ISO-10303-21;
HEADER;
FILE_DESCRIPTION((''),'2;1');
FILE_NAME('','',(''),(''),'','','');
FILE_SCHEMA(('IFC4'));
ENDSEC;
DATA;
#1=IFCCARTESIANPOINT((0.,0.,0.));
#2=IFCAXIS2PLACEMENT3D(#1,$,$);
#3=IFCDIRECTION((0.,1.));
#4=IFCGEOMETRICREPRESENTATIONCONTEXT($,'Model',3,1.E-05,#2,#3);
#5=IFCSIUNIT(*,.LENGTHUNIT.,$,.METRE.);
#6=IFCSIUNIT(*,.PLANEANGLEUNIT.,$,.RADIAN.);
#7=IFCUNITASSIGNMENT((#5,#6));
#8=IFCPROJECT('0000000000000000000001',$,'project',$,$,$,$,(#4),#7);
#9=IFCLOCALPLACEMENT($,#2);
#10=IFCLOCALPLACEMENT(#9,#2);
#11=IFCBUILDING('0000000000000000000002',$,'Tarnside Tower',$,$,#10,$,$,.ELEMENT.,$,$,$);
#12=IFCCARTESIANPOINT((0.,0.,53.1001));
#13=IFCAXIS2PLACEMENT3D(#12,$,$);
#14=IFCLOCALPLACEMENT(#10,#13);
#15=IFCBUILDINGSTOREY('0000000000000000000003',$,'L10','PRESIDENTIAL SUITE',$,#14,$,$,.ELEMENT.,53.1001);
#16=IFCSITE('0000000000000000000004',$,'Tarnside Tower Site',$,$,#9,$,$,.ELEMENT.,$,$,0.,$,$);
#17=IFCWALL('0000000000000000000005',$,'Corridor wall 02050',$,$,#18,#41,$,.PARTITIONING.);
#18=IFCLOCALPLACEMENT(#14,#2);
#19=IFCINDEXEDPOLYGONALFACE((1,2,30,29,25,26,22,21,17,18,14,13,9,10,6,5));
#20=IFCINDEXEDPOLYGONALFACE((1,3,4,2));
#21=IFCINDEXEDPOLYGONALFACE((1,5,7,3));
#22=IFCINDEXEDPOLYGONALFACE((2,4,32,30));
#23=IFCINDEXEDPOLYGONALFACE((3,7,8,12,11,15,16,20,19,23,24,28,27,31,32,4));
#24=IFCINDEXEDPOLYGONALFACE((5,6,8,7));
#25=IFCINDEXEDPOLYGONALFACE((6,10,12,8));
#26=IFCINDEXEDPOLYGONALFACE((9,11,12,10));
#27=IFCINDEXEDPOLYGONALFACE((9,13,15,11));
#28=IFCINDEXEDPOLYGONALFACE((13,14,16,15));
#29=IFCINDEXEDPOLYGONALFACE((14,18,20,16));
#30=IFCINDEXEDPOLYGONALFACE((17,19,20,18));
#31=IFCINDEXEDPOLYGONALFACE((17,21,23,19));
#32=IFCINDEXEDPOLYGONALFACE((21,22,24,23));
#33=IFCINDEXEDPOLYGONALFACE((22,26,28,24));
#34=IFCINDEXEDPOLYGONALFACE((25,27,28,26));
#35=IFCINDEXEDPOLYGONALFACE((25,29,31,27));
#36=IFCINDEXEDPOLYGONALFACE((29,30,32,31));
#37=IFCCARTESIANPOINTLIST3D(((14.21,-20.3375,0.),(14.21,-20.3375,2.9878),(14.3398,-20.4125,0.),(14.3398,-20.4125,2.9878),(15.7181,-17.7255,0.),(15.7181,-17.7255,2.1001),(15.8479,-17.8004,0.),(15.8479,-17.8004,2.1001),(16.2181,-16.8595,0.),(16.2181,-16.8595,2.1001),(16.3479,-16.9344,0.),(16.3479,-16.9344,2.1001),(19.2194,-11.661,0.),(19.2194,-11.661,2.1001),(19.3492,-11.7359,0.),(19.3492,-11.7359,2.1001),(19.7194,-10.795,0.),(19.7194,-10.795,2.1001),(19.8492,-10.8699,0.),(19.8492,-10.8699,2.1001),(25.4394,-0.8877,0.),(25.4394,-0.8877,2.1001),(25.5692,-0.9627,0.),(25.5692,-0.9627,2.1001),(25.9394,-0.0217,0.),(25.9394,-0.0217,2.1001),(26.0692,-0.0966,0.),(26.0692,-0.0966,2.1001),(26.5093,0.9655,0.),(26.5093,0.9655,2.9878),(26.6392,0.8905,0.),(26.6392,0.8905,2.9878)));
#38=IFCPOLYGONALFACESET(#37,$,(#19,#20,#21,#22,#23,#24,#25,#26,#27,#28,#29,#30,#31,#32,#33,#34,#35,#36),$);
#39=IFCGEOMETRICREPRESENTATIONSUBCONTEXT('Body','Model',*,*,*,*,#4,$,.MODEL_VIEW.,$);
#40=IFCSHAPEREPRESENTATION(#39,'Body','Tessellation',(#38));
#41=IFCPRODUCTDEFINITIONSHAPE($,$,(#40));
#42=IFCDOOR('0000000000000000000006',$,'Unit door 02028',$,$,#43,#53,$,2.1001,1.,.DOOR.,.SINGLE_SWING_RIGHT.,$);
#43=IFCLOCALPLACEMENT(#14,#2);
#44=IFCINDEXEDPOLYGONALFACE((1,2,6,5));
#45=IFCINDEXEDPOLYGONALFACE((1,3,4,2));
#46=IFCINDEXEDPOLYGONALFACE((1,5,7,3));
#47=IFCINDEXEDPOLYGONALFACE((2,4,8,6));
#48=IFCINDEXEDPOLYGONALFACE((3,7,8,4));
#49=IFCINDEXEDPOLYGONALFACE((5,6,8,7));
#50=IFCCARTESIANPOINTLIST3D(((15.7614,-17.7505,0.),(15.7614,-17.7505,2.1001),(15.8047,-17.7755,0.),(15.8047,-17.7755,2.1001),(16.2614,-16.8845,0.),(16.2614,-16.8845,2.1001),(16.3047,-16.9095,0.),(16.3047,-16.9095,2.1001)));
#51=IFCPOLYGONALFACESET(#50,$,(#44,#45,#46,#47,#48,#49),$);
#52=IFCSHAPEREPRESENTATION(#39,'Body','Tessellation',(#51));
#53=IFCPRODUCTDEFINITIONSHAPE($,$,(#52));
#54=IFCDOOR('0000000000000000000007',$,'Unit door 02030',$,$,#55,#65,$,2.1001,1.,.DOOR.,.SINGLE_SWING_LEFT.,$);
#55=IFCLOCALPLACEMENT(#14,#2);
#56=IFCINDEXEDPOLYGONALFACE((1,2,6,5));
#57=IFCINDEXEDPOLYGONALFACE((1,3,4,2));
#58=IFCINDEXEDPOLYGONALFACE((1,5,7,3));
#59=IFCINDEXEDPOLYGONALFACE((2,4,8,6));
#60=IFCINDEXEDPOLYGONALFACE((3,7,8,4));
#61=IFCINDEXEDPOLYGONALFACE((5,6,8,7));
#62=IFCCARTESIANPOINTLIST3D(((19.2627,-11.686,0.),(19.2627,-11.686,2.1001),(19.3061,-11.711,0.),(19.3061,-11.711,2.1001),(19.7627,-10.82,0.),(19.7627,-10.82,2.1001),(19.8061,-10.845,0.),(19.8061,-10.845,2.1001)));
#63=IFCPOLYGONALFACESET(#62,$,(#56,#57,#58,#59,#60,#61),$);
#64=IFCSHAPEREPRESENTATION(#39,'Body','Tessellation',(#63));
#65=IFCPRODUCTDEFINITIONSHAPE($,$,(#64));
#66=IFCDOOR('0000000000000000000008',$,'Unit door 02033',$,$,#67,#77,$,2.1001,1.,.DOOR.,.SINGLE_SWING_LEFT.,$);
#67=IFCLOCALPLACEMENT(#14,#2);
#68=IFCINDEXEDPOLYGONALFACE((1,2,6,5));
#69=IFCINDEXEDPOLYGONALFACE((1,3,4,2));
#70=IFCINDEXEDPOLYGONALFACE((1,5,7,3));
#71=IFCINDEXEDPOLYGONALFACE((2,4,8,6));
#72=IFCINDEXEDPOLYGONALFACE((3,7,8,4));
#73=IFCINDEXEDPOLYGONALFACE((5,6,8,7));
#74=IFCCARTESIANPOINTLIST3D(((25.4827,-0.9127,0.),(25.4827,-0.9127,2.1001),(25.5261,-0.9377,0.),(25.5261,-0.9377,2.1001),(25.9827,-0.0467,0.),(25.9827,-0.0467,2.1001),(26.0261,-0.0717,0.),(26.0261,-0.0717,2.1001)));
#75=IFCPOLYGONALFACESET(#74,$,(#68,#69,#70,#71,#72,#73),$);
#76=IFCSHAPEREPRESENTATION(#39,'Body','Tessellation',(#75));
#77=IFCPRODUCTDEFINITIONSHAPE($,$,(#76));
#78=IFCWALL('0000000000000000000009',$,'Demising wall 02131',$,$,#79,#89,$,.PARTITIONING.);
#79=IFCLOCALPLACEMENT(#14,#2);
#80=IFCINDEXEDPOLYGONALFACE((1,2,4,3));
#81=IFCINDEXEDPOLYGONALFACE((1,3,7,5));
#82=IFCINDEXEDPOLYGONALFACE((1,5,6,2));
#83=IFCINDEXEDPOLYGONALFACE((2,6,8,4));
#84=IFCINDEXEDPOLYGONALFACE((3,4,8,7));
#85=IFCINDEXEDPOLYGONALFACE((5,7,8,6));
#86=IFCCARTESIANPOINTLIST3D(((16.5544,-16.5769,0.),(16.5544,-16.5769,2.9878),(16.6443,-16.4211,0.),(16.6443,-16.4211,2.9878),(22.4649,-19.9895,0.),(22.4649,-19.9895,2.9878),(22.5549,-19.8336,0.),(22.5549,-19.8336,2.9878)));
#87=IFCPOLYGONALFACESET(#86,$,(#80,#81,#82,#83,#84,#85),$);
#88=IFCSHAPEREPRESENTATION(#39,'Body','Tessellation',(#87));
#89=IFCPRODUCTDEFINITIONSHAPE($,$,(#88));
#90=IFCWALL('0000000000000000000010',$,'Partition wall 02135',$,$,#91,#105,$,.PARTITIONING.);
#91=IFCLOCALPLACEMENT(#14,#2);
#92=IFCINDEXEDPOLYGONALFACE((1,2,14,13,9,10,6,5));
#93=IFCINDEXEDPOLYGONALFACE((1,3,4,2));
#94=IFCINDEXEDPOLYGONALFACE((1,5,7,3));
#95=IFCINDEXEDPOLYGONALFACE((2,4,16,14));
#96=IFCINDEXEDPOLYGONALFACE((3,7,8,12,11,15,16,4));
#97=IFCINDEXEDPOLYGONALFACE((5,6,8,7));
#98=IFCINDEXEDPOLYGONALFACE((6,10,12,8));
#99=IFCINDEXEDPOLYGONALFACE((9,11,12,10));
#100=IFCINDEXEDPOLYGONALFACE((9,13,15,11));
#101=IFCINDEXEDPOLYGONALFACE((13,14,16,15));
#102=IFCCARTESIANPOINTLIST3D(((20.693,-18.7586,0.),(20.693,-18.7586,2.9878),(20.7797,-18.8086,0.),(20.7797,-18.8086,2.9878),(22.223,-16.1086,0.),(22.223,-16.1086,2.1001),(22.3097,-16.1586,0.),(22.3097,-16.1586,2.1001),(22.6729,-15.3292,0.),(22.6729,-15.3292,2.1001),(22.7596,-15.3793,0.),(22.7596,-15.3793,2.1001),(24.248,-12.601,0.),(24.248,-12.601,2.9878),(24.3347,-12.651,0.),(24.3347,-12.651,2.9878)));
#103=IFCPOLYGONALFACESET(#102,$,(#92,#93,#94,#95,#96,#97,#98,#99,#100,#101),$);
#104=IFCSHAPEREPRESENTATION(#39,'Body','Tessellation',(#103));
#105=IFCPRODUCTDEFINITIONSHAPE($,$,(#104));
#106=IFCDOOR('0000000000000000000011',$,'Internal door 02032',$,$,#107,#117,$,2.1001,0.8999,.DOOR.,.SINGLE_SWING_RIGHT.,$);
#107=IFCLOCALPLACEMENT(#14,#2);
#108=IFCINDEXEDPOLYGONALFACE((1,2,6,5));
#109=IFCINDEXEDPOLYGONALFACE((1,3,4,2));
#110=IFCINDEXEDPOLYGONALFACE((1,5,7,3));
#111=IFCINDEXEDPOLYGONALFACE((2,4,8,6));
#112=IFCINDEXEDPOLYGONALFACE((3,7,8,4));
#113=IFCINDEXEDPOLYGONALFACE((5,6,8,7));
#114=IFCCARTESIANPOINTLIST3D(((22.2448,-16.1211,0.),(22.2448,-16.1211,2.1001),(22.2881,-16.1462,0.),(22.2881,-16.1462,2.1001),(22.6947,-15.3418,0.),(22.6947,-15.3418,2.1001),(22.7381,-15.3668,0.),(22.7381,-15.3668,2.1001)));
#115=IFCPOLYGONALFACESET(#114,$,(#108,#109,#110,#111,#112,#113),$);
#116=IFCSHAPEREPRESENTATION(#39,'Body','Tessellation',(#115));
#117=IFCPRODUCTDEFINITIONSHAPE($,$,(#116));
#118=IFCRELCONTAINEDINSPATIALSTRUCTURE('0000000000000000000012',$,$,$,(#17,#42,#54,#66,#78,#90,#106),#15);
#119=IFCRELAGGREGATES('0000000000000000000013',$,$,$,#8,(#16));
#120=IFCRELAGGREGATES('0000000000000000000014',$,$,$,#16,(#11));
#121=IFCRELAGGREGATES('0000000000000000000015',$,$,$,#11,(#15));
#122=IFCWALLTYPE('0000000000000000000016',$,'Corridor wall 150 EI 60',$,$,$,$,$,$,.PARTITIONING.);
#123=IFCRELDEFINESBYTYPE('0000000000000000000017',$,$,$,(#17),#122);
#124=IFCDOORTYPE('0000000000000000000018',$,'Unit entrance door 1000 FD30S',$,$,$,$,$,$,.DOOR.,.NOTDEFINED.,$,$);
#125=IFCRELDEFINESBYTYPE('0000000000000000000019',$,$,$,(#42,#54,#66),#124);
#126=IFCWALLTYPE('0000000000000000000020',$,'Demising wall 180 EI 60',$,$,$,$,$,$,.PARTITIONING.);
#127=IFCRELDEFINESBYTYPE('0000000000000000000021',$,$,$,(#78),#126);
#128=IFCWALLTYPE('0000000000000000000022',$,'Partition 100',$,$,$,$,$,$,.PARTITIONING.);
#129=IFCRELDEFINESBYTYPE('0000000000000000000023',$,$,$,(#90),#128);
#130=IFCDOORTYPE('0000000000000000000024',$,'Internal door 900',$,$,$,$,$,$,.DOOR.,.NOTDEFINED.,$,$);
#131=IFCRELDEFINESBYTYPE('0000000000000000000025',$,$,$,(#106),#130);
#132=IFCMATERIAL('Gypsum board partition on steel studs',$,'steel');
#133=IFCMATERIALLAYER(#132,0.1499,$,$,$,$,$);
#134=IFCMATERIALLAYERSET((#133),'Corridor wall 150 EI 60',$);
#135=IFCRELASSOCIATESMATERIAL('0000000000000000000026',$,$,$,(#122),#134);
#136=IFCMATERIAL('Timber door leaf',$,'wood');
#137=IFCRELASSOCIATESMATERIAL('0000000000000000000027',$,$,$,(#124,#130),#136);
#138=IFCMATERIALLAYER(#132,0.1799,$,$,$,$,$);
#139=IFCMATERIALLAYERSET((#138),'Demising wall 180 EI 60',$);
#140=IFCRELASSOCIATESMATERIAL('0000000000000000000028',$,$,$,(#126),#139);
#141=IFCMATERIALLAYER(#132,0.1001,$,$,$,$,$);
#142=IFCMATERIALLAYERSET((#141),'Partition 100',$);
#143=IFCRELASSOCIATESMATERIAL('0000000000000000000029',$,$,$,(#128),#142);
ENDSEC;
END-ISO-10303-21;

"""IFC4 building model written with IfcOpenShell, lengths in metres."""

from ifc_helpers import new_model, si_unit, direction, frame, frame_2d, origin, place, context, subcontext, project, spatial, rectangle, extrude, material, layer, layer_set, type_object, element, fill, save


model = new_model("IFC4")

# Units and contexts
model_context = context("Model", 3, precision=1e-05, world=origin(), true_north=direction((0.0, 1.0)))
body_context = subcontext(model_context, "Body", "Model", "MODEL_VIEW")
ifc_project = project(units=[si_unit("LENGTHUNIT", "METRE"), si_unit("PLANEANGLEUNIT", "RADIAN")], contexts=[model_context])

# Site, building, storey
site_placement = place(None, origin())
site = spatial("IfcSite", under=ifc_project, at=site_placement, Name="Tarnside Tower Site", CompositionType="ELEMENT", RefElevation=0.0)
building_placement = place(site_placement, origin())
building = spatial("IfcBuilding", under=site, at=building_placement, Name="Tarnside Tower", CompositionType="ELEMENT")
storey_placement = place(building_placement, frame((0.0, 0.0, 53.1001)))
storey = spatial("IfcBuildingStorey", under=building, at=storey_placement, Name="L10", Description="PRESIDENTIAL SUITE", CompositionType="ELEMENT", Elevation=53.1001)

# Shared definitions
ifc_material_1 = material(Name="Gypsum board partition on steel studs", Category="steel")
ifc_material_2 = material(Name="Timber door leaf", Category="wood")

# Shared definitions
ifc_layer_1 = layer(ifc_material_1, 0.1499)
ifc_layer_set_1 = layer_set([ifc_layer_1], Name="Corridor wall 150 EI 60")
wall_type_1 = type_object("IfcWallType", Name="Corridor wall 150 EI 60", PredefinedType="PARTITIONING", material=ifc_layer_set_1)

# Wall, openings, doors
wall_1_placement = place(storey_placement, frame((14.2749, -20.375, 0.0), z_axis=(0.0, 0.0, 1.0), x_axis=(0.500001, 0.866025, 0.0)))
wall_1 = element("IfcWall", 1, at=wall_1_placement, inside=storey, type_object=wall_type_1, Name="Corridor wall 02050", PredefinedType="PARTITIONING", context=body_context, shape_type="SweptSolid", body=[
    extrude(rectangle(XDim=24.5986, YDim=0.1499, at=frame_2d((12.2993, 0.0))), origin(), (0.0, 0.0, 1.0), 2.9878),
])
opening_1_placement = place(wall_1_placement, frame((3.0161, 0.0, 0.0)))
opening_1 = element("IfcOpeningElement", 2, at=opening_1_placement, cuts=wall_1, PredefinedType="OPENING", context=body_context, shape_type="SweptSolid", body=[
    extrude(rectangle(XDim=1.0, YDim=2.1001, at=frame_2d((0.5, 1.05))), frame((0.0, 0.085, 0.0), z_axis=(0.0, -1.0, 0.0), x_axis=(1.0, 0.0, 0.0)), (0.0, 0.0, 1.0), 0.1699),
])
opening_2_placement = place(wall_1_placement, frame((10.0188, 0.0, 0.0)))
opening_2 = element("IfcOpeningElement", 3, at=opening_2_placement, cuts=wall_1, PredefinedType="OPENING", context=body_context, shape_type="SweptSolid", body=[
    extrude(rectangle(XDim=1.0, YDim=2.1001, at=frame_2d((0.5, 1.05))), frame((0.0, 0.085, 0.0), z_axis=(0.0, -1.0, 0.0), x_axis=(1.0, 0.0, 0.0)), (0.0, 0.0, 1.0), 0.1699),
])
opening_3_placement = place(wall_1_placement, frame((22.4587, 0.0, 0.0)))
opening_3 = element("IfcOpeningElement", 4, at=opening_3_placement, cuts=wall_1, PredefinedType="OPENING", context=body_context, shape_type="SweptSolid", body=[
    extrude(rectangle(XDim=1.0, YDim=2.1001, at=frame_2d((0.5, 1.05))), frame((0.0, 0.085, 0.0), z_axis=(0.0, -1.0, 0.0), x_axis=(1.0, 0.0, 0.0)), (0.0, 0.0, 1.0), 0.1699),
])
door_type_1 = type_object("IfcDoorType", Name="Unit entrance door 1000 FD30S", OperationType="NOTDEFINED", PredefinedType="DOOR", material=ifc_material_2)
door_1_placement = place(opening_1_placement, origin())
door_1 = element("IfcDoor", 5, at=door_1_placement, inside=storey, type_object=door_type_1, Name="Unit door 02028", OperationType="SINGLE_SWING_RIGHT", OverallHeight=2.1001, OverallWidth=1.0, PredefinedType="DOOR", context=body_context, shape_type="SweptSolid", body=[
    extrude(rectangle(XDim=1.0, YDim=2.1001, at=frame_2d((0.5, 1.05))), frame((0.0, 0.0249, 0.0), z_axis=(0.0, -1.0, 0.0), x_axis=(1.0, 0.0, 0.0)), (0.0, 0.0, 1.0), 0.05),
])
fill(opening_1, door_1)
door_2_placement = place(opening_2_placement, origin())
door_2 = element("IfcDoor", 6, at=door_2_placement, inside=storey, type_object=door_type_1, Name="Unit door 02030", OperationType="SINGLE_SWING_LEFT", OverallHeight=2.1001, OverallWidth=1.0, PredefinedType="DOOR", context=body_context, shape_type="SweptSolid", body=[
    extrude(rectangle(XDim=1.0, YDim=2.1001, at=frame_2d((0.5, 1.05))), frame((0.0, 0.0249, 0.0), z_axis=(0.0, -1.0, 0.0), x_axis=(1.0, 0.0, 0.0)), (0.0, 0.0, 1.0), 0.05),
])
fill(opening_2, door_2)
door_3_placement = place(opening_3_placement, origin())
door_3 = element("IfcDoor", 7, at=door_3_placement, inside=storey, type_object=door_type_1, Name="Unit door 02033", OperationType="SINGLE_SWING_LEFT", OverallHeight=2.1001, OverallWidth=1.0, PredefinedType="DOOR", context=body_context, shape_type="SweptSolid", body=[
    extrude(rectangle(XDim=1.0, YDim=2.1001, at=frame_2d((0.5, 1.05))), frame((0.0, 0.0249, 0.0), z_axis=(0.0, -1.0, 0.0), x_axis=(1.0, 0.0, 0.0)), (0.0, 0.0, 1.0), 0.05),
])
fill(opening_3, door_3)

# Wall
ifc_layer_2 = layer(ifc_material_1, 0.1799)
ifc_layer_set_2 = layer_set([ifc_layer_2], Name="Demising wall 180 EI 60")
wall_type_2 = type_object("IfcWallType", Name="Demising wall 180 EI 60", PredefinedType="PARTITIONING", material=ifc_layer_set_2)
wall_2_placement = place(storey_placement, frame((22.51, -19.9116, 0.0), z_axis=(0.0, 0.0, 1.0), x_axis=(-0.86602, 0.500009, 0.0)))
element("IfcWall", 8, at=wall_2_placement, inside=storey, type_object=wall_type_2, Name="Demising wall 02131", PredefinedType="PARTITIONING", context=body_context, shape_type="SweptSolid", body=[
    extrude(rectangle(XDim=6.825, YDim=0.1799, at=frame_2d((3.4126, 0.0))), origin(), (0.0, 0.0, 1.0), 2.9878),
])

# Wall, opening, door
ifc_layer_3 = layer(ifc_material_1, 0.1001)
ifc_layer_set_3 = layer_set([ifc_layer_3], Name="Partition 100")
wall_type_3 = type_object("IfcWallType", Name="Partition 100", PredefinedType="PARTITIONING", material=ifc_layer_set_3)
wall_3_placement = place(storey_placement, frame((20.7363, -18.7837, 0.0), z_axis=(0.0, 0.0, 1.0), x_axis=(0.499991, 0.866031, 0.0)))
wall_3 = element("IfcWall", 9, at=wall_3_placement, inside=storey, type_object=wall_type_3, Name="Partition wall 02135", PredefinedType="PARTITIONING", context=body_context, shape_type="SweptSolid", body=[
    extrude(rectangle(XDim=7.1101, YDim=0.1001, at=frame_2d((3.5552, 0.0))), origin(), (0.0, 0.0, 1.0), 2.9878),
])
opening_4_placement = place(wall_3_placement, frame((3.0601, 0.0, 0.0)))
opening_4 = element("IfcOpeningElement", 10, at=opening_4_placement, cuts=wall_3, PredefinedType="OPENING", context=body_context, shape_type="SweptSolid", body=[
    extrude(rectangle(XDim=0.8999, YDim=2.1001, at=frame_2d((0.45, 1.05))), frame((0.0, 0.0601, 0.0), z_axis=(0.0, -1.0, 0.0), x_axis=(1.0, 0.0, 0.0)), (0.0, 0.0, 1.0), 0.1201),
])
door_type_2 = type_object("IfcDoorType", Name="Internal door 900", OperationType="NOTDEFINED", PredefinedType="DOOR", material=ifc_material_2)
door_4_placement = place(opening_4_placement, origin())
door_4 = element("IfcDoor", 11, at=door_4_placement, inside=storey, type_object=door_type_2, Name="Internal door 02032", OperationType="SINGLE_SWING_RIGHT", OverallHeight=2.1001, OverallWidth=0.8999, PredefinedType="DOOR", context=body_context, shape_type="SweptSolid", body=[
    extrude(rectangle(XDim=0.8999, YDim=2.1001, at=frame_2d((0.45, 1.05))), frame((0.0, 0.0249, 0.0), z_axis=(0.0, -1.0, 0.0), x_axis=(1.0, 0.0, 0.0)), (0.0, 0.0, 1.0), 0.05),
])
fill(opening_4, door_4)

save(model, "model.ifc")
